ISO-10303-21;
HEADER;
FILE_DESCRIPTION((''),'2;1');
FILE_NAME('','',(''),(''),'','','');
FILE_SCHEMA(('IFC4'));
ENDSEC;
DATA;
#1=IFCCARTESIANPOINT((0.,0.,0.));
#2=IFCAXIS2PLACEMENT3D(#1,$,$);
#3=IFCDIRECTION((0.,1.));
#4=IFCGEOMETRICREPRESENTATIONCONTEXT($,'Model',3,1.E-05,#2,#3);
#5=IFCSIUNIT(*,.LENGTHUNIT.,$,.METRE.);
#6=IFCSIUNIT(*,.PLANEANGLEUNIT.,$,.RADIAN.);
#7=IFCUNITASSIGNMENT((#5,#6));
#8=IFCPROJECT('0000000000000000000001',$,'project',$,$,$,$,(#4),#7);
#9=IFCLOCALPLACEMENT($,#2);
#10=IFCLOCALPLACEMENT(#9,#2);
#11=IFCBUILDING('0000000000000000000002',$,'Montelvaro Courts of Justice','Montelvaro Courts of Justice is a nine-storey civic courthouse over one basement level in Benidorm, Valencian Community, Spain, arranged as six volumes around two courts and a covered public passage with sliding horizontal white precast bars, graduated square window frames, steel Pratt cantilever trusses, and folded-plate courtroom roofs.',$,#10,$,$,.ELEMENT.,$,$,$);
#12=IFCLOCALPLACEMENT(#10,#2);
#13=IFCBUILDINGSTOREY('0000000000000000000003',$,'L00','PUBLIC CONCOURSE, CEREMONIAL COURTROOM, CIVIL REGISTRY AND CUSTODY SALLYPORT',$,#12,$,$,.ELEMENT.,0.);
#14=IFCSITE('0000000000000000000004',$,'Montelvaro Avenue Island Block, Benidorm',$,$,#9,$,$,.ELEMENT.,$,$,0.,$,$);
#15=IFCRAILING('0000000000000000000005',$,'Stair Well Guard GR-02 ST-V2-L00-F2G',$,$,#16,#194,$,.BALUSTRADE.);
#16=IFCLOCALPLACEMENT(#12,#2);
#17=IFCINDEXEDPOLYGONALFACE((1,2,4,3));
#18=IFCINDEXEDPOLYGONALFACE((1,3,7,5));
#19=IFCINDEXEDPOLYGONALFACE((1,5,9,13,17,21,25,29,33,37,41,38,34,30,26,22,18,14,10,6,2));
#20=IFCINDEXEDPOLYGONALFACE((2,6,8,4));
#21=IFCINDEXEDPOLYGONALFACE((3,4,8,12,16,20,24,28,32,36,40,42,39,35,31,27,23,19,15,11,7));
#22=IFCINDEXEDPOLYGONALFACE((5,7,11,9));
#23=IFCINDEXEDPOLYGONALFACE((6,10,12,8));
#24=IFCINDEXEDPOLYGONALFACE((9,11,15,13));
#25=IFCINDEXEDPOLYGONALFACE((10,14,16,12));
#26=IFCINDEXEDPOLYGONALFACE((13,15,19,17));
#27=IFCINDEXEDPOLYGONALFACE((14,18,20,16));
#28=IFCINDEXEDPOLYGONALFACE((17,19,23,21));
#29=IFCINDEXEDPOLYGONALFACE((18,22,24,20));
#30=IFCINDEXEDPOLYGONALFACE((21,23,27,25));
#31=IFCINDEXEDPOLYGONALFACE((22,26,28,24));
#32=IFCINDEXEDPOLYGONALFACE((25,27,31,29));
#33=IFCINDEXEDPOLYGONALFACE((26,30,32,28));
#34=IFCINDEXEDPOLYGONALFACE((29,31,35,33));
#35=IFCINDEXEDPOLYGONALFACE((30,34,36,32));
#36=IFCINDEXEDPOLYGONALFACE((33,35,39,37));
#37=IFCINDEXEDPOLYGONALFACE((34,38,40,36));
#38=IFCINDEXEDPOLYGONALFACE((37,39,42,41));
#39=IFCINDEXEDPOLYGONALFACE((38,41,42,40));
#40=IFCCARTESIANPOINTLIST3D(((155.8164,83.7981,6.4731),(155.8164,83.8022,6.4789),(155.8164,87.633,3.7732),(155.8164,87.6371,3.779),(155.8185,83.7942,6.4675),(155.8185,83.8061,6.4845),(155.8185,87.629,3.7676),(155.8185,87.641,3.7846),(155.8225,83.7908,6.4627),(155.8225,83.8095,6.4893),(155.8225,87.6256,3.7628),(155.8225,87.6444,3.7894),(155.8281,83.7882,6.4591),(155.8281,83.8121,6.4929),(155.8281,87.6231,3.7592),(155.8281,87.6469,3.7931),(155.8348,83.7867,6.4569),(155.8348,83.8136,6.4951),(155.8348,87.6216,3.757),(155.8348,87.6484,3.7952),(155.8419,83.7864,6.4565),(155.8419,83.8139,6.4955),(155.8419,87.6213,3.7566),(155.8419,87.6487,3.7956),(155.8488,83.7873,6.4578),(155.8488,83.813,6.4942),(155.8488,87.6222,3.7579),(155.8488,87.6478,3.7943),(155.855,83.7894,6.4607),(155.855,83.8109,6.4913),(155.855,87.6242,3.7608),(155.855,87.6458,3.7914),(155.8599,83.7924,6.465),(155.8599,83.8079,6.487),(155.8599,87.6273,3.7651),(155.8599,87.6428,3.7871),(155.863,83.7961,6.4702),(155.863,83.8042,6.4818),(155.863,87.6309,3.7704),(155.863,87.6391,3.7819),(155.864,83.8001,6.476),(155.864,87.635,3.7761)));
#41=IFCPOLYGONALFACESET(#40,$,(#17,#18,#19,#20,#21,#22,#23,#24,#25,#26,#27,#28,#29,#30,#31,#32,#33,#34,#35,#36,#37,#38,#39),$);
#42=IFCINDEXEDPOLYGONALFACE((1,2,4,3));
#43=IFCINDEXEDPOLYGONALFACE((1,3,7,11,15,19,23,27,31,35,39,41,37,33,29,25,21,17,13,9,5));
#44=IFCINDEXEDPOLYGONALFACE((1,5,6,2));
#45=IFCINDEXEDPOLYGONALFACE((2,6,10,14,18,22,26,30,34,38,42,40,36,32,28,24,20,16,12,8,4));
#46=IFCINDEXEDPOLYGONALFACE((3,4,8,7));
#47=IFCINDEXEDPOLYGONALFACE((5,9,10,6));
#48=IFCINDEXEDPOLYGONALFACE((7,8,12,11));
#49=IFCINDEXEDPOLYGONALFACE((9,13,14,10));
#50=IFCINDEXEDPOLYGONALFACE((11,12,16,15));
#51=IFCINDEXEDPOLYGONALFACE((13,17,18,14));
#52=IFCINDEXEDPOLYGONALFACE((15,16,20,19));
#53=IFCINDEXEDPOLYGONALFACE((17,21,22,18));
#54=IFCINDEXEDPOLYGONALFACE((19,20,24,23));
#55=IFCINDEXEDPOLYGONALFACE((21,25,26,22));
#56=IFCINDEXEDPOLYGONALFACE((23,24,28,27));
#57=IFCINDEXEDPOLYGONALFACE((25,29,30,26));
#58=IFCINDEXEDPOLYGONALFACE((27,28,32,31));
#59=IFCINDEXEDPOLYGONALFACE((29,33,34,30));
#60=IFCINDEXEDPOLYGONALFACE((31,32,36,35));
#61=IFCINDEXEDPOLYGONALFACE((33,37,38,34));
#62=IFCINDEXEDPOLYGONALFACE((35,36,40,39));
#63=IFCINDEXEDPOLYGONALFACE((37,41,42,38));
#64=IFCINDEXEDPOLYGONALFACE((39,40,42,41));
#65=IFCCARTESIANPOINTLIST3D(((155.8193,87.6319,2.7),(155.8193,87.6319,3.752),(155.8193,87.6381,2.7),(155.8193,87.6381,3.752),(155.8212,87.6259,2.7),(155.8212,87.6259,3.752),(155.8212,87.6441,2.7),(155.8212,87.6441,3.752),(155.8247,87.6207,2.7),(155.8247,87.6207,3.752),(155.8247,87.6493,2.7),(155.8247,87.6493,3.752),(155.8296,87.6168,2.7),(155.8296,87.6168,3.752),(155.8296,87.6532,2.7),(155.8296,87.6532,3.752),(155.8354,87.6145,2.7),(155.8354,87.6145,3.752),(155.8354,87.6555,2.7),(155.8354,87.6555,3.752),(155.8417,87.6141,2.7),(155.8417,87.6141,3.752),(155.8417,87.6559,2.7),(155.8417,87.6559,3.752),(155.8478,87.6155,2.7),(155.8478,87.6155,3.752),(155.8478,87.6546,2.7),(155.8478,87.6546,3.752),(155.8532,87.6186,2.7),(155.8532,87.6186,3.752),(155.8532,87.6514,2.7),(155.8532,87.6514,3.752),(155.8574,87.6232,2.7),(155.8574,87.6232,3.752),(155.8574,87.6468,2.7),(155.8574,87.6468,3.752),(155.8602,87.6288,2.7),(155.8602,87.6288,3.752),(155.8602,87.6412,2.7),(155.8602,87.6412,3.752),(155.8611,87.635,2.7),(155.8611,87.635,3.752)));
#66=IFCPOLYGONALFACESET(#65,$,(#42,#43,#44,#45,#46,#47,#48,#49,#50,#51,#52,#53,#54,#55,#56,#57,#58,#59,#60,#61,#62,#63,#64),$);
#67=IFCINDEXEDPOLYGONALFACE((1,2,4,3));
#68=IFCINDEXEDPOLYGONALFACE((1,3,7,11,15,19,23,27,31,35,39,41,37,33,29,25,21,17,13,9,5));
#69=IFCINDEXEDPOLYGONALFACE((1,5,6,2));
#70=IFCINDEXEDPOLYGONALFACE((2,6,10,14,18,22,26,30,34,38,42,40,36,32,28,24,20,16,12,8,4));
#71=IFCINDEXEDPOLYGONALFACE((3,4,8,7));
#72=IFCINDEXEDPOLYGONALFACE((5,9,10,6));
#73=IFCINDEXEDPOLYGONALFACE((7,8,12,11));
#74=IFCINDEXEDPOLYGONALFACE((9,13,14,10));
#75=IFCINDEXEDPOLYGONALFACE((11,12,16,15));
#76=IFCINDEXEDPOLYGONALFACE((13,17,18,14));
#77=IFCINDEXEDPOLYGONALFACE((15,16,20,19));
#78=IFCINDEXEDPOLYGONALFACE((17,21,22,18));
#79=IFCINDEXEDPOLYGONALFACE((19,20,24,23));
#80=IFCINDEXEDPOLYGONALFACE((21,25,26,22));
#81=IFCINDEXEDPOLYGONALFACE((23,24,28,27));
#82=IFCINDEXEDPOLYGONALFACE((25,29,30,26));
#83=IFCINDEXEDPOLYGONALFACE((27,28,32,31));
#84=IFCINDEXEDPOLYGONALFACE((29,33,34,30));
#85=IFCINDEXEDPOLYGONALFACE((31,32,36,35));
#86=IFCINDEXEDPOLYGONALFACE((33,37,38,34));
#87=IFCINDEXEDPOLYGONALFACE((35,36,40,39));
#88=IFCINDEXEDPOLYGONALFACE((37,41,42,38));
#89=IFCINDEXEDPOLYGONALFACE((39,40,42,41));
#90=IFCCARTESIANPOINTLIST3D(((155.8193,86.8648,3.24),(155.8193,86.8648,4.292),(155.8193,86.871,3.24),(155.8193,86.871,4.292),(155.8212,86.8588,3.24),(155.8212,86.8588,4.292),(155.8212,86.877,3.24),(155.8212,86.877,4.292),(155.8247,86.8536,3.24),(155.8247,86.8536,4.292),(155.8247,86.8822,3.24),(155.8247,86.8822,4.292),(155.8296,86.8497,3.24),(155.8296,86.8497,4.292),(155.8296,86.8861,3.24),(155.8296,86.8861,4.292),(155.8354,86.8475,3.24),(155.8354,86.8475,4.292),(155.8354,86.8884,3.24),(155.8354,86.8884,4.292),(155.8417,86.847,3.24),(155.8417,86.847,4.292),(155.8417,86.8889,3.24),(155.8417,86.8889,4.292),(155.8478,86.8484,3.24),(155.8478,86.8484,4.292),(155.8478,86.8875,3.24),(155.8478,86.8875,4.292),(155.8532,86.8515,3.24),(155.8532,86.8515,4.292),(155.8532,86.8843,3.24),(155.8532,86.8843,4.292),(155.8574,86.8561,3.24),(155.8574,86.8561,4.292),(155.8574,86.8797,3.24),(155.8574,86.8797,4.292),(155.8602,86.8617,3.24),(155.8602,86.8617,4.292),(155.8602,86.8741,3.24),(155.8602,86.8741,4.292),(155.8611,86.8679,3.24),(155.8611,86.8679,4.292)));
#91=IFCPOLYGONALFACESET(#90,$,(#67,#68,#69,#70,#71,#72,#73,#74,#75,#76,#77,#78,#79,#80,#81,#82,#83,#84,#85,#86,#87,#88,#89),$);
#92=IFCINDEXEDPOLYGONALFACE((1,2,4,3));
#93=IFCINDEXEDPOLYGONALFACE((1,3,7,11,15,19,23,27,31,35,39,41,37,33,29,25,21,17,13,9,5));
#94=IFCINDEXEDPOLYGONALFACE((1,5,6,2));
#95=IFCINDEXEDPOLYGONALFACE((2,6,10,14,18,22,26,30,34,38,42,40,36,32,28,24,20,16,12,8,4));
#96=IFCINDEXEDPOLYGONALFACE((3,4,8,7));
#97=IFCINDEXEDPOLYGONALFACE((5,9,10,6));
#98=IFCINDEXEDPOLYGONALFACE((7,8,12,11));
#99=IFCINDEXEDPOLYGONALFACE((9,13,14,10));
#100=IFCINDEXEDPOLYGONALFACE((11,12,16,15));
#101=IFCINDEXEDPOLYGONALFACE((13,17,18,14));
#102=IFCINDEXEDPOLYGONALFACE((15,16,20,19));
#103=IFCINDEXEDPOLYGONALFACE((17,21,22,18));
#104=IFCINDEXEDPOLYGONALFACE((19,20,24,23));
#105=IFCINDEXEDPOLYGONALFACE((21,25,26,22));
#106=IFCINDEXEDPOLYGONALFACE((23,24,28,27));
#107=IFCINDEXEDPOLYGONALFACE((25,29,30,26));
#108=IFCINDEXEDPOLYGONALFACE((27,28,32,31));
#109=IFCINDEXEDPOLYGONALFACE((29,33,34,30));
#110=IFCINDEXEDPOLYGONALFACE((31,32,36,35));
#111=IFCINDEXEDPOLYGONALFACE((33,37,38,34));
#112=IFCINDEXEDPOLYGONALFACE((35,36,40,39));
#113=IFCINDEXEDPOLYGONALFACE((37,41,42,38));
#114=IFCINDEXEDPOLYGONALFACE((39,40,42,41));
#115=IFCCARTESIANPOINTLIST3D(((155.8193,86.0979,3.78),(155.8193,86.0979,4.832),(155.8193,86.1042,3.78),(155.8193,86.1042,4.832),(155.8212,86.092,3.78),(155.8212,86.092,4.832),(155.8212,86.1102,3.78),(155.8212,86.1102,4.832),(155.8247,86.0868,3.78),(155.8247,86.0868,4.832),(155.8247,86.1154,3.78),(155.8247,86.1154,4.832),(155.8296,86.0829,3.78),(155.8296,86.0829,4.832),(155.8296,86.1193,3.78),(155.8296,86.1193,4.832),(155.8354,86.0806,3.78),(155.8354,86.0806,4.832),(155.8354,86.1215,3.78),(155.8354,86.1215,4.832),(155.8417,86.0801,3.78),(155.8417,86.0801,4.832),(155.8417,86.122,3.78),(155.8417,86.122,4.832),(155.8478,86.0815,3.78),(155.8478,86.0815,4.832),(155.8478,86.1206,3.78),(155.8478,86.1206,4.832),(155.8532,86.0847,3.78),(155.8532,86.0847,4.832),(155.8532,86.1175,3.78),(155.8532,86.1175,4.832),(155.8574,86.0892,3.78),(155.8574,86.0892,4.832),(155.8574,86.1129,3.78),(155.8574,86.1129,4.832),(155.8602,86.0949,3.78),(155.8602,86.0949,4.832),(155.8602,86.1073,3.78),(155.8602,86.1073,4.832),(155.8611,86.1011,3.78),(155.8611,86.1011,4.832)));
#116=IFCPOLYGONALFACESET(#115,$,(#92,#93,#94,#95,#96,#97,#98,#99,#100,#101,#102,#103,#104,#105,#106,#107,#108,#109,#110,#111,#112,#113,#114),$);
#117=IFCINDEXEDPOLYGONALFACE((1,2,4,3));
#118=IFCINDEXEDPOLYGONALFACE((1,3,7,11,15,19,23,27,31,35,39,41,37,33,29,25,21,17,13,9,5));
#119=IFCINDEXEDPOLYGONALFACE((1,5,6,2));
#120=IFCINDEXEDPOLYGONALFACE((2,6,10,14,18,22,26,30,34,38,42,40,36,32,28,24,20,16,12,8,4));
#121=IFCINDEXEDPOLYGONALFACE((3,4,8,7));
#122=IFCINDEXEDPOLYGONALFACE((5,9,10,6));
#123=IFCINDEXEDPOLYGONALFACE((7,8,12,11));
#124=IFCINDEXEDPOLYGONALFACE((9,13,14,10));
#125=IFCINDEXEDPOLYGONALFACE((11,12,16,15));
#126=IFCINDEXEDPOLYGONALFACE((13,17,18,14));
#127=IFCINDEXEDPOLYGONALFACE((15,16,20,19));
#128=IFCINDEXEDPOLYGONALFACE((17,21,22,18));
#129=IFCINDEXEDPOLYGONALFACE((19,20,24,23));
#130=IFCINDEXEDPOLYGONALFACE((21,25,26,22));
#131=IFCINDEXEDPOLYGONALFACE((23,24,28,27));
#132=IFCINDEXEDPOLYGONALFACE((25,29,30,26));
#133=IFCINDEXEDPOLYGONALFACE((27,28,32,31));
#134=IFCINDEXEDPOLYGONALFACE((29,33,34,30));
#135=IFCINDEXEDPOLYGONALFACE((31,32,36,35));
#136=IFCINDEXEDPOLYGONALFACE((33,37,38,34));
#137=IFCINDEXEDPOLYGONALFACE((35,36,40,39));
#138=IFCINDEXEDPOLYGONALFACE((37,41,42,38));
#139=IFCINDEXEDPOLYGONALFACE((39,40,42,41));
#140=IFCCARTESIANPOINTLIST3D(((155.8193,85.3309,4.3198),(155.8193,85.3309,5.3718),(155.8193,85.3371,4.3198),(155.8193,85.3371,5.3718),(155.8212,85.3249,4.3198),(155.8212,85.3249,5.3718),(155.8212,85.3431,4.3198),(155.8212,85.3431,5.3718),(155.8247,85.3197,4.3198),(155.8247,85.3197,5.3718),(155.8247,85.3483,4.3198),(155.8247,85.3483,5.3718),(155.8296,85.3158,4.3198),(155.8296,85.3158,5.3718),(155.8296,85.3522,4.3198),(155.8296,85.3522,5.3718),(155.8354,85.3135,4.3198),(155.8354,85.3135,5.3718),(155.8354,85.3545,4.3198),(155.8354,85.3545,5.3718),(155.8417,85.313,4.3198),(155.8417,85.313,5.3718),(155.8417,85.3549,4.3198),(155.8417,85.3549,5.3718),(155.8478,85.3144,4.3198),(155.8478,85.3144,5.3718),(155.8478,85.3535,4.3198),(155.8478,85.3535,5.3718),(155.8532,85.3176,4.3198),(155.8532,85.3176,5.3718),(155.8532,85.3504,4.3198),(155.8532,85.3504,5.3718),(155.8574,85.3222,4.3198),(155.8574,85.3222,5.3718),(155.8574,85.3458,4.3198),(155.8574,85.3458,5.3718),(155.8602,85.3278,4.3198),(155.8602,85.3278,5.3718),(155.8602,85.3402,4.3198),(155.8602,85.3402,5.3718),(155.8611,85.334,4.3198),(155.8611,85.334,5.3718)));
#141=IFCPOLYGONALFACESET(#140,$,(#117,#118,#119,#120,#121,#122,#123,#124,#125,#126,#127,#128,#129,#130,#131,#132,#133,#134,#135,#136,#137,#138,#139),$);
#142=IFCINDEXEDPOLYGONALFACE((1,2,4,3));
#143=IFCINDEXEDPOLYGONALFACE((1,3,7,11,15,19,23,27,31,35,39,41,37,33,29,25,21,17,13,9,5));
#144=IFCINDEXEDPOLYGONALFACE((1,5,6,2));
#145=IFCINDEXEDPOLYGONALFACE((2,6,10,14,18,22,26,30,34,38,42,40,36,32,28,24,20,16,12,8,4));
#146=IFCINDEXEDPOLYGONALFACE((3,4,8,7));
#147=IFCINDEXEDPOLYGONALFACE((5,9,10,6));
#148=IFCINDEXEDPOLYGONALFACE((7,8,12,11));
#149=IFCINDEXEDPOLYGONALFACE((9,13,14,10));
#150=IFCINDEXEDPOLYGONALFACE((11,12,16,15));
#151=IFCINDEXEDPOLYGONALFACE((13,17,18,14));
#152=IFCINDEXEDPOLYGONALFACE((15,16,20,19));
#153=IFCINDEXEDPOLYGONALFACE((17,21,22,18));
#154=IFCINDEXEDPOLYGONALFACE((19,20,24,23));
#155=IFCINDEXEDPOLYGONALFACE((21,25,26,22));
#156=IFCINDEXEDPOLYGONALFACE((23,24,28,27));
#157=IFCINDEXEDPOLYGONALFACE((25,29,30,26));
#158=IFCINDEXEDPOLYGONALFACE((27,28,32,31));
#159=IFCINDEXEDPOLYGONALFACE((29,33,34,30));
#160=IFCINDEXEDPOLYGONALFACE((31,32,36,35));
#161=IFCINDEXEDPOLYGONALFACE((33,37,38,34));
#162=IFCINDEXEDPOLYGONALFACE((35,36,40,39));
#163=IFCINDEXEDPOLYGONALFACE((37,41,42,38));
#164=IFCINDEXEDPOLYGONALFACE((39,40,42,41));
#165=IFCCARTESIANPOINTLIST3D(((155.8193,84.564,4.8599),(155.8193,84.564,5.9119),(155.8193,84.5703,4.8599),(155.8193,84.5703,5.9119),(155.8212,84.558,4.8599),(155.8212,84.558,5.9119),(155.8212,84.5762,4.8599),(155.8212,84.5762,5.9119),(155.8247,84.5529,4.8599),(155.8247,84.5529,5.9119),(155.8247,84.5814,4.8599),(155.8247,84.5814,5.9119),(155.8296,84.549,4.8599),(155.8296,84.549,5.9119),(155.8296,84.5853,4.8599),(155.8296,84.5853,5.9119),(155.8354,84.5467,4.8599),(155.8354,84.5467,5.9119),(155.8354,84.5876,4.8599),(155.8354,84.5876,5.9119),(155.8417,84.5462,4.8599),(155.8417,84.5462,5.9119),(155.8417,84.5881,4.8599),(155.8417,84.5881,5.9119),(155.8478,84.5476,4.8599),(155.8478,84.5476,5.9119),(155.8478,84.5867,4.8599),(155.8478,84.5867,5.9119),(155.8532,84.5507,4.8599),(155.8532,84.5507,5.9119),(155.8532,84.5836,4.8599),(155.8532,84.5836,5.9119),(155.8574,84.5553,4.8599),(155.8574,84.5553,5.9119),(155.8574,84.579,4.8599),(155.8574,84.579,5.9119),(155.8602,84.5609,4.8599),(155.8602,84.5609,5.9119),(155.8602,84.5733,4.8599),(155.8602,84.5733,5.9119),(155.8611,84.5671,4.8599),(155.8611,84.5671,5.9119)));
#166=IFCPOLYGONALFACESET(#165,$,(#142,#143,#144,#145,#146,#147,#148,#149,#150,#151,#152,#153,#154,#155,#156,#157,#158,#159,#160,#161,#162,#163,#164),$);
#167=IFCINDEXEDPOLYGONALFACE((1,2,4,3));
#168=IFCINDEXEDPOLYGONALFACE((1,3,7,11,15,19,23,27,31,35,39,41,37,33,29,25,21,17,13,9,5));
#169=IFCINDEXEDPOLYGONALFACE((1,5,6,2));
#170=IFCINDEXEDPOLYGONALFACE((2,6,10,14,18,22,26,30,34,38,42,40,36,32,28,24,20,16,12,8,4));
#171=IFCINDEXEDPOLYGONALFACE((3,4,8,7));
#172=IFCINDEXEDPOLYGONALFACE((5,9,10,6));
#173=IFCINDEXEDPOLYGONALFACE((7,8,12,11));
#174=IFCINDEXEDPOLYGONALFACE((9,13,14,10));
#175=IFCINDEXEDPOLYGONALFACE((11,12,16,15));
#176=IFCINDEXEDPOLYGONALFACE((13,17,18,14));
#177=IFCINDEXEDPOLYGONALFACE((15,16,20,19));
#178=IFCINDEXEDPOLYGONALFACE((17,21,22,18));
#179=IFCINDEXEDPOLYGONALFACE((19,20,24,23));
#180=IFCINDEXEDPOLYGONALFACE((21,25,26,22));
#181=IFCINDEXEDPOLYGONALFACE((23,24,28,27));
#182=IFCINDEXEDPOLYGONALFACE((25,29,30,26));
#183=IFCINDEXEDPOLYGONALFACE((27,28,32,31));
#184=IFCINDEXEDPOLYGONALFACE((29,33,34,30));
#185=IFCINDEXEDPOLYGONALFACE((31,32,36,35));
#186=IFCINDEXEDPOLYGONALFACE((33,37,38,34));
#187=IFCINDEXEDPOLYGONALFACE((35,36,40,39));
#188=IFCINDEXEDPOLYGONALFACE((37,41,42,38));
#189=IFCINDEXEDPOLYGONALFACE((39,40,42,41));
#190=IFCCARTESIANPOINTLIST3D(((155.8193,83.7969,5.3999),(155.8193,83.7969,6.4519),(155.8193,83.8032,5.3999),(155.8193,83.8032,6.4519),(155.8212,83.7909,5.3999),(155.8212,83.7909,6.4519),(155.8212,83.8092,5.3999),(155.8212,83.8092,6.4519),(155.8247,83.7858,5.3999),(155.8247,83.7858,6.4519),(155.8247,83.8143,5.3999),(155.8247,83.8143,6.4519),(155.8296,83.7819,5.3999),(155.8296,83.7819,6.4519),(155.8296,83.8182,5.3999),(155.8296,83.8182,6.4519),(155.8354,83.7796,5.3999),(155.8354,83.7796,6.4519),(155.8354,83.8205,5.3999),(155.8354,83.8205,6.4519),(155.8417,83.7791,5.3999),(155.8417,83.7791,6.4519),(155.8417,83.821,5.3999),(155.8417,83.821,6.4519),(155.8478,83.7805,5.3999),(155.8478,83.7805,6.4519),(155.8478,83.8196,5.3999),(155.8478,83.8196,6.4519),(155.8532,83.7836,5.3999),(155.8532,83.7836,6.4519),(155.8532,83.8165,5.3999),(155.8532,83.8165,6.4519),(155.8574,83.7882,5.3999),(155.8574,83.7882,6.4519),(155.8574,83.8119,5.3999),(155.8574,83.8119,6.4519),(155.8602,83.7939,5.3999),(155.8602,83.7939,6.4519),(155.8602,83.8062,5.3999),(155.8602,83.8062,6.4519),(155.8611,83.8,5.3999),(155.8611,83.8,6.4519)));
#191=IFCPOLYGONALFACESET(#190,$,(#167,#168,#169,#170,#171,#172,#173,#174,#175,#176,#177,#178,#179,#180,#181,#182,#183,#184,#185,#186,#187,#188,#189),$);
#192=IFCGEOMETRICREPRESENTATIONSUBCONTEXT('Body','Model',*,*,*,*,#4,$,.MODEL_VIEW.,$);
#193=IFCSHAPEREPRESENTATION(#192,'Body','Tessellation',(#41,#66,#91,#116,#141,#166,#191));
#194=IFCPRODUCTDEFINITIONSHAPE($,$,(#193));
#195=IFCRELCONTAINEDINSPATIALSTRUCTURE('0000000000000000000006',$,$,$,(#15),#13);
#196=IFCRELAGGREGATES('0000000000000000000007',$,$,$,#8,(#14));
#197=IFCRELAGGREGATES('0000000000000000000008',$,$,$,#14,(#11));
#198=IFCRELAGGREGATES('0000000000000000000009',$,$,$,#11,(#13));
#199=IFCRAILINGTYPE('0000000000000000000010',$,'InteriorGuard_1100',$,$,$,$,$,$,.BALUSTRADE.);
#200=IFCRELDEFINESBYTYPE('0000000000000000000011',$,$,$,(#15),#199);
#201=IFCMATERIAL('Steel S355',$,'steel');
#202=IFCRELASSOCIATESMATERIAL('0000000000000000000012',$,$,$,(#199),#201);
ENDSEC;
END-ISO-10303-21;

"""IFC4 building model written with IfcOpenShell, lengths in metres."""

from ifc_helpers import new_model, si_unit, direction, frame, origin, origin_2d, place, context, subcontext, project, spatial, circle, extrude, material, type_object, element, save


model = new_model("IFC4")

# Units and contexts
model_context = context("Model", 3, precision=1e-05, world=origin(), true_north=direction((0.0, 1.0)))
body_context = subcontext(model_context, "Body", "Model", "MODEL_VIEW")
ifc_project = project(units=[si_unit("LENGTHUNIT", "METRE"), si_unit("PLANEANGLEUNIT", "RADIAN")], contexts=[model_context])

# Site, building, storey
site_placement = place(None, origin())
site = spatial("IfcSite", under=ifc_project, at=site_placement, Name="Montelvaro Avenue Island Block, Benidorm", CompositionType="ELEMENT", RefElevation=0.0)
building_placement = place(site_placement, origin())
building = spatial("IfcBuilding", under=site, at=building_placement, Name="Montelvaro Courts of Justice", Description="Montelvaro Courts of Justice is a nine-storey civic courthouse over one basement level in Benidorm, Valencian Community, Spain, arranged as six volumes around two courts and a covered public passage with sliding horizontal white precast bars, graduated square window frames, steel Pratt cantilever trusses, and folded-plate courtroom roofs.", CompositionType="ELEMENT")
storey_placement = place(building_placement, origin())
storey = spatial("IfcBuildingStorey", under=building, at=storey_placement, Name="L00", Description="PUBLIC CONCOURSE, CEREMONIAL COURTROOM, CIVIL REGISTRY AND CUSTODY SALLYPORT", CompositionType="ELEMENT", Elevation=0.0)

# Shared definitions
ifc_material_1 = material(Name="Steel S355", Category="steel")

# Railing
railing_type_1 = type_object("IfcRailingType", Name="InteriorGuard_1100", PredefinedType="BALUSTRADE", material=ifc_material_1)
railing_1_placement = place(storey_placement, frame((155.8401, 87.635, 2.7)))
element("IfcRailing", 1, at=railing_1_placement, inside=storey, type_object=railing_type_1, Name="Stair Well Guard GR-02 ST-V2-L00-F2G", PredefinedType="BALUSTRADE", context=body_context, shape_type="SweptSolid", body=[
    extrude(circle(Radius=0.0239, at=origin_2d()), frame((0.0, 0.0, 1.0762), z_axis=(0.0, -0.817678, 0.575675), x_axis=(1.0, 0.0, 0.0)), (0.0, 0.0, 1.0), 4.6899),
    extrude(circle(Radius=0.021, at=origin_2d()), origin(), (0.0, 0.0, 1.0), 1.052),
    extrude(circle(Radius=0.021, at=origin_2d()), frame((0.0, -0.7671, 0.54)), (0.0, 0.0, 1.0), 1.052),
    extrude(circle(Radius=0.021, at=origin_2d()), frame((0.0, -1.5339, 1.0801)), (0.0, 0.0, 1.0), 1.052),
    extrude(circle(Radius=0.021, at=origin_2d()), frame((0.0, -2.301, 1.6199)), (0.0, 0.0, 1.0), 1.052),
    extrude(circle(Radius=0.021, at=origin_2d()), frame((0.0, -3.0679, 2.1599)), (0.0, 0.0, 1.0), 1.052),
    extrude(circle(Radius=0.021, at=origin_2d()), frame((0.0, -3.835, 2.7)), (0.0, 0.0, 1.0), 1.052),
])

save(model, "model.ifc")
